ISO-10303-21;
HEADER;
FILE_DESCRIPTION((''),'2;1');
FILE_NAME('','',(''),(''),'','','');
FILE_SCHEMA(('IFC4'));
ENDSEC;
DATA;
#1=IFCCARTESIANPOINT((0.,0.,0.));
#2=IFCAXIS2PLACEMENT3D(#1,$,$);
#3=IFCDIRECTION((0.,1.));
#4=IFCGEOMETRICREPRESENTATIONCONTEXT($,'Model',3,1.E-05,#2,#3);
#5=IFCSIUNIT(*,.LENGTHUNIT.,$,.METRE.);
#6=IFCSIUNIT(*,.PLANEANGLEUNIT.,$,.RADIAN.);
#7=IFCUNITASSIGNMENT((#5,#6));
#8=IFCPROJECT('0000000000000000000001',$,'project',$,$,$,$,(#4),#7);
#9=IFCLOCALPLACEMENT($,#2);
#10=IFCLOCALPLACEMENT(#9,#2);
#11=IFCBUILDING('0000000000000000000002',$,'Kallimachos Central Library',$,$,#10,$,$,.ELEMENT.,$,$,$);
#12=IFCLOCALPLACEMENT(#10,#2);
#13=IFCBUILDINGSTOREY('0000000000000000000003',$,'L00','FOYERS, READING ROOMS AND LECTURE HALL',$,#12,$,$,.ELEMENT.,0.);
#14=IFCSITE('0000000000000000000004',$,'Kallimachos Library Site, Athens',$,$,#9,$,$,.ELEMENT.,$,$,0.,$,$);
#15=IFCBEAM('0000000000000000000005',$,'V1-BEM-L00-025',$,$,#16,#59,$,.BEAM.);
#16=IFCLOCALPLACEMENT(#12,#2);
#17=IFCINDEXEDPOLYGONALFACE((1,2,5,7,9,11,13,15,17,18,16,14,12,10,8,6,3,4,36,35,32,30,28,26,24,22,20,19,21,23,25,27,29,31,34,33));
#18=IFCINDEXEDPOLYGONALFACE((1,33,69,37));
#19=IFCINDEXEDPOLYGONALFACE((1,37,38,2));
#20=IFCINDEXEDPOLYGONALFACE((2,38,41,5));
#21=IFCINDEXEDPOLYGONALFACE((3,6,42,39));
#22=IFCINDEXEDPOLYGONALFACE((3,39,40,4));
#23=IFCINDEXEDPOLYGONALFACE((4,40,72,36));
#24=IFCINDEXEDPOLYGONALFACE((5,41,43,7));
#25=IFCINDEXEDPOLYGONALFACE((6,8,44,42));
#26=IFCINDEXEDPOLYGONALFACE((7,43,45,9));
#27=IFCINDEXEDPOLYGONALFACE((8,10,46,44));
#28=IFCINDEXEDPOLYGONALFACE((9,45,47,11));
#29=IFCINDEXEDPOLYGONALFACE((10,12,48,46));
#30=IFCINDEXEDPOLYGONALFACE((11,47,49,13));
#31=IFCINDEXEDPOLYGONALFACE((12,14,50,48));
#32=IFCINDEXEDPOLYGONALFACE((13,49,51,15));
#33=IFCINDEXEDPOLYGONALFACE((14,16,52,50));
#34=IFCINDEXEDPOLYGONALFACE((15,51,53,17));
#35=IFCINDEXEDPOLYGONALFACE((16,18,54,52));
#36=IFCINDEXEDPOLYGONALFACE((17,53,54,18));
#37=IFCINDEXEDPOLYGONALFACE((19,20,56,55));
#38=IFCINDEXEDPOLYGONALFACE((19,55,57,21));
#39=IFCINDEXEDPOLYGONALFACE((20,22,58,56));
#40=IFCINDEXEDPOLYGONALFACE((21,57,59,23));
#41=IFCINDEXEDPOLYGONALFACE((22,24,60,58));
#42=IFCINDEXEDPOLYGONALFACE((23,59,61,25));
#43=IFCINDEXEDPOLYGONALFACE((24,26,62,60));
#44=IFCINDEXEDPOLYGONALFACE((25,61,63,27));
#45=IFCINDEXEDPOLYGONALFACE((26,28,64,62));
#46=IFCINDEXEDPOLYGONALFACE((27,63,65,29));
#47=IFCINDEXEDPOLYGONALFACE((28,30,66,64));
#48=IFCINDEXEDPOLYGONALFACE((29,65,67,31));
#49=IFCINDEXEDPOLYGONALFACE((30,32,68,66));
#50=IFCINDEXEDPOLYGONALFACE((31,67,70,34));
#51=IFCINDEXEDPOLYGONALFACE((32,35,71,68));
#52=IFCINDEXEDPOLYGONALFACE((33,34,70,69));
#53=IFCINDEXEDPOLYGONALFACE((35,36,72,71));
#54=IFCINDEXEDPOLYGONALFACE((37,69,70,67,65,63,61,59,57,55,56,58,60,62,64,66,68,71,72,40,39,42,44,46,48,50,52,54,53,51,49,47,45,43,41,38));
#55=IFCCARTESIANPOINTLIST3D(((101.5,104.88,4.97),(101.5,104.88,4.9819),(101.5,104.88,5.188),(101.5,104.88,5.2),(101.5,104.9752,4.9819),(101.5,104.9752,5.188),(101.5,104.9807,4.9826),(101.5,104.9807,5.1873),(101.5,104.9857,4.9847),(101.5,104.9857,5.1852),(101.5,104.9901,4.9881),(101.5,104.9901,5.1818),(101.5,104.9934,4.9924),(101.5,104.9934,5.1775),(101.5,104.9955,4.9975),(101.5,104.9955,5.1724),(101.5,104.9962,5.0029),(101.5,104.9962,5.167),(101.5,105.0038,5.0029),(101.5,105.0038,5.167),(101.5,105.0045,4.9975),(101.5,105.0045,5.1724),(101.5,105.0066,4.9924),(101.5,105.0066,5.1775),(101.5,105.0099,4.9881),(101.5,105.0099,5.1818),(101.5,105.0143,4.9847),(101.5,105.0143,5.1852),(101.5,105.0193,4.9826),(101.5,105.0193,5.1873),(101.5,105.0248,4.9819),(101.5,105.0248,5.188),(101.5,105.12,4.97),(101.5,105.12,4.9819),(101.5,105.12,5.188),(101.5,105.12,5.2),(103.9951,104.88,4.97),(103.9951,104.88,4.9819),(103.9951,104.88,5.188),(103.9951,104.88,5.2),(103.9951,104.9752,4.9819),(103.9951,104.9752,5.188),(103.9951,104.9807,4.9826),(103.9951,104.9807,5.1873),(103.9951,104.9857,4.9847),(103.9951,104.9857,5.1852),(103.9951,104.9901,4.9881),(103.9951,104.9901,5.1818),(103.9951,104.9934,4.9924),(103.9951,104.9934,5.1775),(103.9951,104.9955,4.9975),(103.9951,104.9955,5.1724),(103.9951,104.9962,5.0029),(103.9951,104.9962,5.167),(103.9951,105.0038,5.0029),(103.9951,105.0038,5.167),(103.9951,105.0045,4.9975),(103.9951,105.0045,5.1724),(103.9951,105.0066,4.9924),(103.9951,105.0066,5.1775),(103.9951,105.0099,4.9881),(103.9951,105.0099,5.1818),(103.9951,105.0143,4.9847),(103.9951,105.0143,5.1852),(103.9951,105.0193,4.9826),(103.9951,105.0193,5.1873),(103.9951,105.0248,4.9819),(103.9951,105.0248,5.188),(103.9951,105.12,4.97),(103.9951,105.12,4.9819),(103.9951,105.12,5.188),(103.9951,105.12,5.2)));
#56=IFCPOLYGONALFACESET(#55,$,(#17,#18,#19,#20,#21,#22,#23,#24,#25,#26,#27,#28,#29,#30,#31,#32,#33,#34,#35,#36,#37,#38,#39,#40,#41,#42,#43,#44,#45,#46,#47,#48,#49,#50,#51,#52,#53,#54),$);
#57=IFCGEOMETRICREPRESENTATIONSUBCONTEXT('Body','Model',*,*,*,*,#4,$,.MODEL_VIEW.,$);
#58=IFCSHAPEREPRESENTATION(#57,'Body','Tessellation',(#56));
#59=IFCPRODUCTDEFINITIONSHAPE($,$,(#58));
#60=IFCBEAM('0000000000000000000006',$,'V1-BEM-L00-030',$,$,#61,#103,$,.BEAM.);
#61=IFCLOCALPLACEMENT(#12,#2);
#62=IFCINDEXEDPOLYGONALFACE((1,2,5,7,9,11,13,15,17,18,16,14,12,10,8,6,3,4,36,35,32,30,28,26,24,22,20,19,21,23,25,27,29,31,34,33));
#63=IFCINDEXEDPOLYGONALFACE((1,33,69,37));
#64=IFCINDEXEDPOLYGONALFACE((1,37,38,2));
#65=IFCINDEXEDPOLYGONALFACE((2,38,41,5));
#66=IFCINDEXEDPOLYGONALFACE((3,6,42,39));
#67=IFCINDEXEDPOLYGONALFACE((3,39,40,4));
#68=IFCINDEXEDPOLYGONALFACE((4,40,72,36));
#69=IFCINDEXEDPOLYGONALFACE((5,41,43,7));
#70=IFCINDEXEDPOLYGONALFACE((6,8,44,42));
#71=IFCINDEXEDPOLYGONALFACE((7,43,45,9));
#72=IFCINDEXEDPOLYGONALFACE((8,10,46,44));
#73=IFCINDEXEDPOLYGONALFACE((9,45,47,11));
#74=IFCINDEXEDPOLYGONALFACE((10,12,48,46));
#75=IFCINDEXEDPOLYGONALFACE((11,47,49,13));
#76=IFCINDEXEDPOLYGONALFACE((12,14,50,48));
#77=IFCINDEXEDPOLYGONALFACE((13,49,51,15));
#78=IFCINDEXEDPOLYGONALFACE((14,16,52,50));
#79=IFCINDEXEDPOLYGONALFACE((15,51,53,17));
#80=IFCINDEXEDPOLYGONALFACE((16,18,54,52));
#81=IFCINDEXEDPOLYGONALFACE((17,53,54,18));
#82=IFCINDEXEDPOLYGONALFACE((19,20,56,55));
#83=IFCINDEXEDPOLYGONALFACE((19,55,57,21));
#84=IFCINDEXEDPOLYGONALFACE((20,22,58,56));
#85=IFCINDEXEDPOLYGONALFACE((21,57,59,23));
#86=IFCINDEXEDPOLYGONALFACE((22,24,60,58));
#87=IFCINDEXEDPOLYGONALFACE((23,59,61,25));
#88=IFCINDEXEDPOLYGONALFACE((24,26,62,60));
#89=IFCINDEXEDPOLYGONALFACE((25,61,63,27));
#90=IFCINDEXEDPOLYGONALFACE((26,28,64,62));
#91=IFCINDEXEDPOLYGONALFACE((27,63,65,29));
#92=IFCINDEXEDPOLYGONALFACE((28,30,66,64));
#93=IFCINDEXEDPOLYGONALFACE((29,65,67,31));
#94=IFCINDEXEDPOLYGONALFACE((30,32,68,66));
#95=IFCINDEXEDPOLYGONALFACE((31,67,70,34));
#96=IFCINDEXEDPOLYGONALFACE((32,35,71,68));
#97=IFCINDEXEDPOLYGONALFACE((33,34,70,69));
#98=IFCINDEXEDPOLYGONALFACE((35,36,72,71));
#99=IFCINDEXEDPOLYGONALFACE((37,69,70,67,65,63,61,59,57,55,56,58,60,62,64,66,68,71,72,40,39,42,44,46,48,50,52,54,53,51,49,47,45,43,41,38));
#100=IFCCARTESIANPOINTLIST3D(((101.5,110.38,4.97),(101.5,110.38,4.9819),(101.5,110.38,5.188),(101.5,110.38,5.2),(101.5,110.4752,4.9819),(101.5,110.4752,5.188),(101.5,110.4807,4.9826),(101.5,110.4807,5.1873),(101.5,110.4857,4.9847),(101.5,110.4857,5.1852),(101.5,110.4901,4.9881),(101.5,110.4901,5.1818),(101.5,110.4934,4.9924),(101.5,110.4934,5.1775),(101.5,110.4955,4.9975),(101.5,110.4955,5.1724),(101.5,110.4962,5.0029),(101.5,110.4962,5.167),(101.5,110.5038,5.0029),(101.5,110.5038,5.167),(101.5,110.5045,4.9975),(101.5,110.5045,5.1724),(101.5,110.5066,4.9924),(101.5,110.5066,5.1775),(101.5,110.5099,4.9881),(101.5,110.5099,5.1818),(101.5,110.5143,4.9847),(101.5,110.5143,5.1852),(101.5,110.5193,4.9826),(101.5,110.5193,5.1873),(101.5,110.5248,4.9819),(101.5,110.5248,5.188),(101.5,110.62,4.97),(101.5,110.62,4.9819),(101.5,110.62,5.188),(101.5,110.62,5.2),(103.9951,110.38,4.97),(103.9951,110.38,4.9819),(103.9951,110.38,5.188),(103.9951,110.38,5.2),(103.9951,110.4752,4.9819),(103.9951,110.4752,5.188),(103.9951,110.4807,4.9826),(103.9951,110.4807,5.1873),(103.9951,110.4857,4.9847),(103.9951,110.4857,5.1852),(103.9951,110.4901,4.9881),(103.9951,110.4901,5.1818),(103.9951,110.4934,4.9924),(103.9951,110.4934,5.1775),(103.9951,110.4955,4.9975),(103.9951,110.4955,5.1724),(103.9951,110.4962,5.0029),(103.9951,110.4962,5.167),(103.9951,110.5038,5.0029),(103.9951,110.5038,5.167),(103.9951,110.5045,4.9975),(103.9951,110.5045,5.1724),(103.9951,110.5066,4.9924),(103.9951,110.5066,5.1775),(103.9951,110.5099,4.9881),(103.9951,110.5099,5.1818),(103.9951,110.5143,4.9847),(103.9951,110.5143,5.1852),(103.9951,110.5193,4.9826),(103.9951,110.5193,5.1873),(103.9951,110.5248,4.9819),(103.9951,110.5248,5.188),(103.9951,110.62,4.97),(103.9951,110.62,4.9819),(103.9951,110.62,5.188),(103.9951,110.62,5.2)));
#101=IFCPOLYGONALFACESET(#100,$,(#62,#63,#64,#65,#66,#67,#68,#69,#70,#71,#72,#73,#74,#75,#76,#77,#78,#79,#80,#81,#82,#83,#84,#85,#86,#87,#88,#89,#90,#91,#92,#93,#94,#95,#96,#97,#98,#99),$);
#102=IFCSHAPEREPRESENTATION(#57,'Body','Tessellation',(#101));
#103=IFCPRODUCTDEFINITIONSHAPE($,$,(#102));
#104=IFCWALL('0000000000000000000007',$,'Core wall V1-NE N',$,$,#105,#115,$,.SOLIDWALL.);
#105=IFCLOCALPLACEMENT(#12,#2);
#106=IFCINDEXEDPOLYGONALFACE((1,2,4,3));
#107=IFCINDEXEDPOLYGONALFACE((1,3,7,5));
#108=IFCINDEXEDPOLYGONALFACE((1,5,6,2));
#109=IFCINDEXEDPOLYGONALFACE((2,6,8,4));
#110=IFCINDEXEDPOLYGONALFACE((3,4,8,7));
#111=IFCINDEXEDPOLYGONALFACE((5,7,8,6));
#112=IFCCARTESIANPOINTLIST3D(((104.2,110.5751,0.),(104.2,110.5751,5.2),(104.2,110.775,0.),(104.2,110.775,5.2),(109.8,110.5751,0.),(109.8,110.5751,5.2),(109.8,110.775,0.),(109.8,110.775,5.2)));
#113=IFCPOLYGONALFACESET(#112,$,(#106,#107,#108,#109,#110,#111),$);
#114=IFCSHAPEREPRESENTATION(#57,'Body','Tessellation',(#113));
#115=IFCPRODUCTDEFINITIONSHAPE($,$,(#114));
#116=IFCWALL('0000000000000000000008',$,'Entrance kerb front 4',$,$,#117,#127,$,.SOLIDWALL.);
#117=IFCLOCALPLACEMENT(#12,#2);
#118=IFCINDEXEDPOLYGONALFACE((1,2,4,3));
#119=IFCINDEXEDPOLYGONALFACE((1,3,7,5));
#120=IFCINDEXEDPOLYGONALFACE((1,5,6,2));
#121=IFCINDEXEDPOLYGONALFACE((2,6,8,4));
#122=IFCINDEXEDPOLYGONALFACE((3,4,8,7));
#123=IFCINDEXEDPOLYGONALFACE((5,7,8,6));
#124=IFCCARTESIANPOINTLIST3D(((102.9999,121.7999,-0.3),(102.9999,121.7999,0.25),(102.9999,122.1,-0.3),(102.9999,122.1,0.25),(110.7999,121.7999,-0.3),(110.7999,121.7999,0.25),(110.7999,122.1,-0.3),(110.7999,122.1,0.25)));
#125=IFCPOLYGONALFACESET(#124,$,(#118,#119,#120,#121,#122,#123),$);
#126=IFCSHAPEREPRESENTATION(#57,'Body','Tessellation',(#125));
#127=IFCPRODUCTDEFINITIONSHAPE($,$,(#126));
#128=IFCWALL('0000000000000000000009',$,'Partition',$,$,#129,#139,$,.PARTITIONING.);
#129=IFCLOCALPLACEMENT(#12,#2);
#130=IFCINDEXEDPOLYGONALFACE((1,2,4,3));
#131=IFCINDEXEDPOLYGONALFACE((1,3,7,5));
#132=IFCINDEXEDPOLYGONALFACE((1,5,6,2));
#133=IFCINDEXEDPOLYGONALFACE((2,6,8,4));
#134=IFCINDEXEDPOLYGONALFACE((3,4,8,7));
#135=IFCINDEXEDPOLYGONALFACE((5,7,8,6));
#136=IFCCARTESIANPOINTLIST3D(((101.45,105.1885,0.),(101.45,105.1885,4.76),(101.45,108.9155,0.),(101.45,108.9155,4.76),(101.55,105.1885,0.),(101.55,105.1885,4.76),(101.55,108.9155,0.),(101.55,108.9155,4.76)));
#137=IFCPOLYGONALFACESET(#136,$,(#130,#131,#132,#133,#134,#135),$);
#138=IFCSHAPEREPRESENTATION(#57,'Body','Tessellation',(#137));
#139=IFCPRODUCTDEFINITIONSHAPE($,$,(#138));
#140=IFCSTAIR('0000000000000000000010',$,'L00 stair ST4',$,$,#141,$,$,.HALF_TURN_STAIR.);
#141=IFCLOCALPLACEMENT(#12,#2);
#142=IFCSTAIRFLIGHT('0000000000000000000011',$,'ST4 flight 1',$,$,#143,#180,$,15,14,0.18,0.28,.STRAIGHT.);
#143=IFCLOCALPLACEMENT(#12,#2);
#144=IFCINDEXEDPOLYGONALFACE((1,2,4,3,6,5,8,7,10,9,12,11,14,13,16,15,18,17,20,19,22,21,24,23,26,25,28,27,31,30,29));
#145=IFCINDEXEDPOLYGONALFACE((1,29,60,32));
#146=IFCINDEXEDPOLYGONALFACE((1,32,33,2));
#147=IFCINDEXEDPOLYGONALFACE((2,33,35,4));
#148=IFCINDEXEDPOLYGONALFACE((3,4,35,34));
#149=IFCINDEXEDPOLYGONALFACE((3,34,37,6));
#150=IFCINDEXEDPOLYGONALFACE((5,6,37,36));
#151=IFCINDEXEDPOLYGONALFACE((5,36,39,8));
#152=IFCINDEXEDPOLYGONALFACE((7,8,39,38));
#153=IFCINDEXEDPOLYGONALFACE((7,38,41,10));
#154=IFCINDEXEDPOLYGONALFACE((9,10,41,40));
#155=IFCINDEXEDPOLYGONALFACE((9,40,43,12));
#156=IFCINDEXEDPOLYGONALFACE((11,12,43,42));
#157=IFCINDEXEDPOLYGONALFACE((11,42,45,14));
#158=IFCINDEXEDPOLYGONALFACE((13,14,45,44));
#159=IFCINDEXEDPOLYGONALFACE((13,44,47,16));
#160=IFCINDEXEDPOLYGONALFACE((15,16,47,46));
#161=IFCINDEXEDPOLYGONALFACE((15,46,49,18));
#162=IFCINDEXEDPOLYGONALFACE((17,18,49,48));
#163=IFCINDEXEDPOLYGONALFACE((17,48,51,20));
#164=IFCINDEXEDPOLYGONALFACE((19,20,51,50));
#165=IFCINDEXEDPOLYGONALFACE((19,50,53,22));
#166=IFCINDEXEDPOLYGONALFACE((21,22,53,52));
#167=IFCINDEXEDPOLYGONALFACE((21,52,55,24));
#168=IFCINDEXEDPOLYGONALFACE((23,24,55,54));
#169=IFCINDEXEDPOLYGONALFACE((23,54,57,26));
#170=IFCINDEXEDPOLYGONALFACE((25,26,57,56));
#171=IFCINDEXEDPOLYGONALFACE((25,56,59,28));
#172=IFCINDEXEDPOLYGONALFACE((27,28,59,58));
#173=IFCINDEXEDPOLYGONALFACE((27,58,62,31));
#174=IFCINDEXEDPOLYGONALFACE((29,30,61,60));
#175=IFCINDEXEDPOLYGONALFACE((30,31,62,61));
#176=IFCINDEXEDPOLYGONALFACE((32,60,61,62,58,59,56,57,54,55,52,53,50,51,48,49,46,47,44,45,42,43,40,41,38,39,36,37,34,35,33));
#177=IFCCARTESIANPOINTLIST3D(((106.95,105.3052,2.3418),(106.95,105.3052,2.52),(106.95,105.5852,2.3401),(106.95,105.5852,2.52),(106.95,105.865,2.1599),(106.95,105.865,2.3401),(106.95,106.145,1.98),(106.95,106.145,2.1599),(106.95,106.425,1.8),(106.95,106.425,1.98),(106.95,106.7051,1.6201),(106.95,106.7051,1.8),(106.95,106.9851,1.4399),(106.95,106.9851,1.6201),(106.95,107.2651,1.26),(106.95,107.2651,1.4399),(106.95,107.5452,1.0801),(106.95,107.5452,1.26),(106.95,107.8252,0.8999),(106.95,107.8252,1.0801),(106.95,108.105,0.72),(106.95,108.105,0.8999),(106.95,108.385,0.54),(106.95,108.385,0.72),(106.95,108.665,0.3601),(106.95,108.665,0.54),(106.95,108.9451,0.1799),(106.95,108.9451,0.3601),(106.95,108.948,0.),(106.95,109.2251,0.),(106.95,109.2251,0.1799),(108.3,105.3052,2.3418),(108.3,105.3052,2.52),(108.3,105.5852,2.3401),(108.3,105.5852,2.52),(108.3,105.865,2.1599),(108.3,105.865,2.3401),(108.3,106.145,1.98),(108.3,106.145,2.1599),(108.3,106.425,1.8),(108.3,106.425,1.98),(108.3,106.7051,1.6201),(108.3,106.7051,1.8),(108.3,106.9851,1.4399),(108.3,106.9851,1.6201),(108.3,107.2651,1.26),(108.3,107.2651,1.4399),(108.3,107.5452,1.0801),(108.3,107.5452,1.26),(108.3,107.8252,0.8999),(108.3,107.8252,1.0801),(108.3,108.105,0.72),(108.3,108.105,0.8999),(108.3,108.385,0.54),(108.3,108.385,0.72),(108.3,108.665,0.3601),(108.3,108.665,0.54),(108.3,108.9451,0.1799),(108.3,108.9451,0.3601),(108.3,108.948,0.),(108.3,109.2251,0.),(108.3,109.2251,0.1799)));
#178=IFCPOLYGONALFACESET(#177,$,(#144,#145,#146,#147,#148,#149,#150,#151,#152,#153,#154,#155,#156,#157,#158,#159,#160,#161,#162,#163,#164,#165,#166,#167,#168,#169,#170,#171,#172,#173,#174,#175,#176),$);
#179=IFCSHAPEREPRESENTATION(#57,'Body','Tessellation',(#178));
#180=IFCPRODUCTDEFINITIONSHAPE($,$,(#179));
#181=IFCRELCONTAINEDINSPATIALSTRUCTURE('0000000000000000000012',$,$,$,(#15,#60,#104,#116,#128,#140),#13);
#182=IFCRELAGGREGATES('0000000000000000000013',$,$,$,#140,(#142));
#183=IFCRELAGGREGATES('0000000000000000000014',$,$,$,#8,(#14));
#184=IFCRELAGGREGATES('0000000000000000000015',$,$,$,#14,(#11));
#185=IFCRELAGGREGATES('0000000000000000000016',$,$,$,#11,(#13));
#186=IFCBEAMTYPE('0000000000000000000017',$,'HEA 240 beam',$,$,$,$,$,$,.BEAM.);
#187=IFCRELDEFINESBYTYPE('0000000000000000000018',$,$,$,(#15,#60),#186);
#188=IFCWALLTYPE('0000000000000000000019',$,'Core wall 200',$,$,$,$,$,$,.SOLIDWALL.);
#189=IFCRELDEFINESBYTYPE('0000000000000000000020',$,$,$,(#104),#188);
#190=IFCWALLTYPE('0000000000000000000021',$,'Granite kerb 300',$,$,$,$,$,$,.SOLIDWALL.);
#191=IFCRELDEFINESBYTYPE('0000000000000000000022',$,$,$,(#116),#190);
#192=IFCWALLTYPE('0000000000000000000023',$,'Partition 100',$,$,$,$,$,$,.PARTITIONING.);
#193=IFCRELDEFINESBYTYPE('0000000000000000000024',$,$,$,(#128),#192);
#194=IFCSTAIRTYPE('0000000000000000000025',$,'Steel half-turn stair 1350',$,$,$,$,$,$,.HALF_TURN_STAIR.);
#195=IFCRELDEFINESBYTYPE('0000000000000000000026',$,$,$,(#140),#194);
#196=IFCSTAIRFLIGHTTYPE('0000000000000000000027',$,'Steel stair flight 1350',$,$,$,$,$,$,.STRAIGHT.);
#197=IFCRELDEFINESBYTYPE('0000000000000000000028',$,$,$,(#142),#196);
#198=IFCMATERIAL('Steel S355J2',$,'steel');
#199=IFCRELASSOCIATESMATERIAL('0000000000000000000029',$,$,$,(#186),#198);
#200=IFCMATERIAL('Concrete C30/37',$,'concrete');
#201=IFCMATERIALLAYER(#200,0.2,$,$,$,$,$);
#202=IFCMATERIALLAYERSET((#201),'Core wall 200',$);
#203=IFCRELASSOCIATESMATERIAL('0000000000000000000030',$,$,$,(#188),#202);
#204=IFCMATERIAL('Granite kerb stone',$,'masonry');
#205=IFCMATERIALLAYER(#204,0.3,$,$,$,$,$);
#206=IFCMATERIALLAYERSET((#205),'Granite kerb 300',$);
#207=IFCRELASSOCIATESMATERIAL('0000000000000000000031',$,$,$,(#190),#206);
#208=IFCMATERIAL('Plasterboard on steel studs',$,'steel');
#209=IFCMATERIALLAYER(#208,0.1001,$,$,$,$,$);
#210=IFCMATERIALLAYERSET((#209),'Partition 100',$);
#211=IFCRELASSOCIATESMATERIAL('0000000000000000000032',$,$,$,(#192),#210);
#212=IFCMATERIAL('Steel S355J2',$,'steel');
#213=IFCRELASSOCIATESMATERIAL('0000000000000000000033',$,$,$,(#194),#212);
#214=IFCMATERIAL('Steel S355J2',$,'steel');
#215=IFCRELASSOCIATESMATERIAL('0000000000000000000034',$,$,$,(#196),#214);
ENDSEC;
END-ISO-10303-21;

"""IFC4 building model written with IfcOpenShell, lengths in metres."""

from ifc_helpers import new_model, si_unit, direction, frame, frame_2d, origin, origin_2d, place, context, subcontext, project, spatial, polyline, rectangle, i_section, outline, extrude, material, layer, layer_set, material_profile, profile_set, type_object, element, aggregate, save


model = new_model("IFC4")

# Units and contexts
model_context = context("Model", 3, precision=1e-05, world=origin(), true_north=direction((0.0, 1.0)))
body_context = subcontext(model_context, "Body", "Model", "MODEL_VIEW")
ifc_project = project(units=[si_unit("LENGTHUNIT", "METRE"), si_unit("PLANEANGLEUNIT", "RADIAN")], contexts=[model_context])

# Site, building, storey
site_placement = place(None, origin())
site = spatial("IfcSite", under=ifc_project, at=site_placement, Name="Kallimachos Library Site, Athens", CompositionType="ELEMENT", RefElevation=0.0)
building_placement = place(site_placement, origin())
building = spatial("IfcBuilding", under=site, at=building_placement, Name="Kallimachos Central Library", CompositionType="ELEMENT")
storey_placement = place(building_placement, origin())
storey = spatial("IfcBuildingStorey", under=building, at=storey_placement, Name="L00", Description="FOYERS, READING ROOMS AND LECTURE HALL", CompositionType="ELEMENT", Elevation=0.0)

# Beams
ifc_material_1 = material(Name="Steel S355J2", Category="steel")
ifc_material_profile_1 = material_profile(ifc_material_1, i_section(OverallWidth=0.24, OverallDepth=0.23, WebThickness=0.0076, FlangeThickness=0.012, FilletRadius=0.021, at=origin_2d()), Name="HEA 240")
ifc_profile_set_1 = profile_set([ifc_material_profile_1], Name="Steel S355J2")
beam_type = type_object("IfcBeamType", Name="HEA 240 beam", PredefinedType="BEAM", material=ifc_profile_set_1)
for number, where, z_axis, x_axis, name in (
    (1, (101.5, 105.0, 5.085), (1.0, 0.0, 0.0), (0.0, 1.0, 0.0), "V1-BEM-L00-025"),
    (2, (101.5, 110.5, 5.085), (1.0, 0.0, 0.0), (0.0, 1.0, 0.0), "V1-BEM-L00-030"),
):
    element("IfcBeam", number, at=place(storey_placement, frame(where, z_axis=z_axis, x_axis=x_axis)), inside=storey, type_object=beam_type, Name=name, PredefinedType="BEAM", context=body_context, shape_type="SweptSolid", body=[
        extrude(i_section(OverallWidth=0.24, OverallDepth=0.23, WebThickness=0.0076, FlangeThickness=0.012, FilletRadius=0.021, at=origin_2d()), origin(), (0.0, 0.0, 1.0), 2.4951),
    ])

# Walls
ifc_material_2 = material(Name="Concrete C30/37", Category="concrete")
ifc_layer_1 = layer(ifc_material_2, 0.2)
ifc_layer_set_1 = layer_set([ifc_layer_1], Name="Core wall 200")
wall_type_1 = type_object("IfcWallType", Name="Core wall 200", PredefinedType="SOLIDWALL", material=ifc_layer_set_1)
wall_1_placement = place(storey_placement, frame((104.2, 110.675, 0.0), z_axis=(0.0, 0.0, 1.0), x_axis=(1.0, 0.0, 0.0)))
element("IfcWall", 3, at=wall_1_placement, inside=storey, type_object=wall_type_1, Name="Core wall V1-NE N", PredefinedType="SOLIDWALL", context=body_context, shape_type="SweptSolid", body=[
    extrude(rectangle(XDim=5.6001, YDim=0.2, at=frame_2d((2.8, 0.0))), origin(), (0.0, 0.0, 1.0), 5.2),
])
ifc_material_3 = material(Name="Granite kerb stone", Category="masonry")
ifc_layer_2 = layer(ifc_material_3, 0.3)
ifc_layer_set_2 = layer_set([ifc_layer_2], Name="Granite kerb 300")
wall_type_2 = type_object("IfcWallType", Name="Granite kerb 300", PredefinedType="SOLIDWALL", material=ifc_layer_set_2)
wall_2_placement = place(storey_placement, frame((103.0, 121.95, -0.3), z_axis=(0.0, 0.0, 1.0), x_axis=(1.0, 0.0, 0.0)))
element("IfcWall", 4, at=wall_2_placement, inside=storey, type_object=wall_type_2, Name="Entrance kerb front 4", PredefinedType="SOLIDWALL", context=body_context, shape_type="SweptSolid", body=[
    extrude(rectangle(XDim=7.8, YDim=0.3, at=frame_2d((3.8999, 0.0))), origin(), (0.0, 0.0, 1.0), 0.55),
])
ifc_material_4 = material(Name="Plasterboard on steel studs", Category="steel")
ifc_layer_3 = layer(ifc_material_4, 0.1001)
ifc_layer_set_3 = layer_set([ifc_layer_3], Name="Partition 100")
wall_type_3 = type_object("IfcWallType", Name="Partition 100", PredefinedType="PARTITIONING", material=ifc_layer_set_3)
wall_3_placement = place(storey_placement, frame((101.5, 105.1885, 0.0), z_axis=(0.0, 0.0, 1.0), x_axis=(0.0, 1.0, 0.0)))
element("IfcWall", 5, at=wall_3_placement, inside=storey, type_object=wall_type_3, Name="Partition", PredefinedType="PARTITIONING", context=body_context, shape_type="SweptSolid", body=[
    extrude(rectangle(XDim=3.7271, YDim=0.1001, at=frame_2d((1.8635, 0.0))), origin(), (0.0, 0.0, 1.0), 4.76),
])

# Stair, stair flight
ifc_material_5 = material(Name="Steel S355J2", Category="steel")
stair_type = type_object("IfcStairType", Name="Steel half-turn stair 1350", PredefinedType="HALF_TURN_STAIR", material=ifc_material_5)
stair_placement = place(storey_placement, origin())
stair = element("IfcStair", 6, at=stair_placement, inside=storey, type_object=stair_type, Name="L00 stair ST4", PredefinedType="HALF_TURN_STAIR")
ifc_material_6 = material(Name="Steel S355J2", Category="steel")
stair_flight_type = type_object("IfcStairFlightType", Name="Steel stair flight 1350", PredefinedType="STRAIGHT", material=ifc_material_6)
stair_flight_1_placement = place(storey_placement, frame((107.625, 109.2251, 0.0), z_axis=(0.0, 0.0, 1.0), x_axis=(0.0, -1.0, 0.0)))
stair_flight_1 = element("IfcStairFlight", 7, at=stair_flight_1_placement, type_object=stair_flight_type, Name="ST4 flight 1", NumberOfRisers=15, NumberOfTreads=14, PredefinedType="STRAIGHT", RiserHeight=0.18, TreadLength=0.28, context=body_context, shape_type="SweptSolid", body=[
    extrude(outline(polyline([(0.0, 0.0), (0.0, 0.1799), (0.28, 0.1799), (0.28, 0.3601), (0.5601, 0.3601), (0.5601, 0.54), (0.8401, 0.54), (0.8401, 0.72), (1.1201, 0.72), (1.1201, 0.8999), (1.3999, 0.8999), (1.3999, 1.0801), (1.6799, 1.0801), (1.6799, 1.26), (1.96, 1.26), (1.96, 1.4399), (2.24, 1.4399), (2.24, 1.6201), (2.52, 1.6201), (2.52, 1.8), (2.8, 1.8), (2.8, 1.98), (3.0801, 1.98), (3.0801, 2.1599), (3.3601, 2.1599), (3.3601, 2.3401), (3.6399, 2.3401), (3.6399, 2.52), (3.9199, 2.52), (3.9199, 2.7), (3.9199, 2.3418), (0.2771, 0.0), (0.0, 0.0)])), frame((0.0, 0.675, 0.0), z_axis=(0.0, -1.0, 0.0), x_axis=(1.0, 0.0, 0.0)), (0.0, 0.0, 1.0), 1.3501),
])
aggregate(stair, [stair_flight_1])

save(model, "model.ifc")
